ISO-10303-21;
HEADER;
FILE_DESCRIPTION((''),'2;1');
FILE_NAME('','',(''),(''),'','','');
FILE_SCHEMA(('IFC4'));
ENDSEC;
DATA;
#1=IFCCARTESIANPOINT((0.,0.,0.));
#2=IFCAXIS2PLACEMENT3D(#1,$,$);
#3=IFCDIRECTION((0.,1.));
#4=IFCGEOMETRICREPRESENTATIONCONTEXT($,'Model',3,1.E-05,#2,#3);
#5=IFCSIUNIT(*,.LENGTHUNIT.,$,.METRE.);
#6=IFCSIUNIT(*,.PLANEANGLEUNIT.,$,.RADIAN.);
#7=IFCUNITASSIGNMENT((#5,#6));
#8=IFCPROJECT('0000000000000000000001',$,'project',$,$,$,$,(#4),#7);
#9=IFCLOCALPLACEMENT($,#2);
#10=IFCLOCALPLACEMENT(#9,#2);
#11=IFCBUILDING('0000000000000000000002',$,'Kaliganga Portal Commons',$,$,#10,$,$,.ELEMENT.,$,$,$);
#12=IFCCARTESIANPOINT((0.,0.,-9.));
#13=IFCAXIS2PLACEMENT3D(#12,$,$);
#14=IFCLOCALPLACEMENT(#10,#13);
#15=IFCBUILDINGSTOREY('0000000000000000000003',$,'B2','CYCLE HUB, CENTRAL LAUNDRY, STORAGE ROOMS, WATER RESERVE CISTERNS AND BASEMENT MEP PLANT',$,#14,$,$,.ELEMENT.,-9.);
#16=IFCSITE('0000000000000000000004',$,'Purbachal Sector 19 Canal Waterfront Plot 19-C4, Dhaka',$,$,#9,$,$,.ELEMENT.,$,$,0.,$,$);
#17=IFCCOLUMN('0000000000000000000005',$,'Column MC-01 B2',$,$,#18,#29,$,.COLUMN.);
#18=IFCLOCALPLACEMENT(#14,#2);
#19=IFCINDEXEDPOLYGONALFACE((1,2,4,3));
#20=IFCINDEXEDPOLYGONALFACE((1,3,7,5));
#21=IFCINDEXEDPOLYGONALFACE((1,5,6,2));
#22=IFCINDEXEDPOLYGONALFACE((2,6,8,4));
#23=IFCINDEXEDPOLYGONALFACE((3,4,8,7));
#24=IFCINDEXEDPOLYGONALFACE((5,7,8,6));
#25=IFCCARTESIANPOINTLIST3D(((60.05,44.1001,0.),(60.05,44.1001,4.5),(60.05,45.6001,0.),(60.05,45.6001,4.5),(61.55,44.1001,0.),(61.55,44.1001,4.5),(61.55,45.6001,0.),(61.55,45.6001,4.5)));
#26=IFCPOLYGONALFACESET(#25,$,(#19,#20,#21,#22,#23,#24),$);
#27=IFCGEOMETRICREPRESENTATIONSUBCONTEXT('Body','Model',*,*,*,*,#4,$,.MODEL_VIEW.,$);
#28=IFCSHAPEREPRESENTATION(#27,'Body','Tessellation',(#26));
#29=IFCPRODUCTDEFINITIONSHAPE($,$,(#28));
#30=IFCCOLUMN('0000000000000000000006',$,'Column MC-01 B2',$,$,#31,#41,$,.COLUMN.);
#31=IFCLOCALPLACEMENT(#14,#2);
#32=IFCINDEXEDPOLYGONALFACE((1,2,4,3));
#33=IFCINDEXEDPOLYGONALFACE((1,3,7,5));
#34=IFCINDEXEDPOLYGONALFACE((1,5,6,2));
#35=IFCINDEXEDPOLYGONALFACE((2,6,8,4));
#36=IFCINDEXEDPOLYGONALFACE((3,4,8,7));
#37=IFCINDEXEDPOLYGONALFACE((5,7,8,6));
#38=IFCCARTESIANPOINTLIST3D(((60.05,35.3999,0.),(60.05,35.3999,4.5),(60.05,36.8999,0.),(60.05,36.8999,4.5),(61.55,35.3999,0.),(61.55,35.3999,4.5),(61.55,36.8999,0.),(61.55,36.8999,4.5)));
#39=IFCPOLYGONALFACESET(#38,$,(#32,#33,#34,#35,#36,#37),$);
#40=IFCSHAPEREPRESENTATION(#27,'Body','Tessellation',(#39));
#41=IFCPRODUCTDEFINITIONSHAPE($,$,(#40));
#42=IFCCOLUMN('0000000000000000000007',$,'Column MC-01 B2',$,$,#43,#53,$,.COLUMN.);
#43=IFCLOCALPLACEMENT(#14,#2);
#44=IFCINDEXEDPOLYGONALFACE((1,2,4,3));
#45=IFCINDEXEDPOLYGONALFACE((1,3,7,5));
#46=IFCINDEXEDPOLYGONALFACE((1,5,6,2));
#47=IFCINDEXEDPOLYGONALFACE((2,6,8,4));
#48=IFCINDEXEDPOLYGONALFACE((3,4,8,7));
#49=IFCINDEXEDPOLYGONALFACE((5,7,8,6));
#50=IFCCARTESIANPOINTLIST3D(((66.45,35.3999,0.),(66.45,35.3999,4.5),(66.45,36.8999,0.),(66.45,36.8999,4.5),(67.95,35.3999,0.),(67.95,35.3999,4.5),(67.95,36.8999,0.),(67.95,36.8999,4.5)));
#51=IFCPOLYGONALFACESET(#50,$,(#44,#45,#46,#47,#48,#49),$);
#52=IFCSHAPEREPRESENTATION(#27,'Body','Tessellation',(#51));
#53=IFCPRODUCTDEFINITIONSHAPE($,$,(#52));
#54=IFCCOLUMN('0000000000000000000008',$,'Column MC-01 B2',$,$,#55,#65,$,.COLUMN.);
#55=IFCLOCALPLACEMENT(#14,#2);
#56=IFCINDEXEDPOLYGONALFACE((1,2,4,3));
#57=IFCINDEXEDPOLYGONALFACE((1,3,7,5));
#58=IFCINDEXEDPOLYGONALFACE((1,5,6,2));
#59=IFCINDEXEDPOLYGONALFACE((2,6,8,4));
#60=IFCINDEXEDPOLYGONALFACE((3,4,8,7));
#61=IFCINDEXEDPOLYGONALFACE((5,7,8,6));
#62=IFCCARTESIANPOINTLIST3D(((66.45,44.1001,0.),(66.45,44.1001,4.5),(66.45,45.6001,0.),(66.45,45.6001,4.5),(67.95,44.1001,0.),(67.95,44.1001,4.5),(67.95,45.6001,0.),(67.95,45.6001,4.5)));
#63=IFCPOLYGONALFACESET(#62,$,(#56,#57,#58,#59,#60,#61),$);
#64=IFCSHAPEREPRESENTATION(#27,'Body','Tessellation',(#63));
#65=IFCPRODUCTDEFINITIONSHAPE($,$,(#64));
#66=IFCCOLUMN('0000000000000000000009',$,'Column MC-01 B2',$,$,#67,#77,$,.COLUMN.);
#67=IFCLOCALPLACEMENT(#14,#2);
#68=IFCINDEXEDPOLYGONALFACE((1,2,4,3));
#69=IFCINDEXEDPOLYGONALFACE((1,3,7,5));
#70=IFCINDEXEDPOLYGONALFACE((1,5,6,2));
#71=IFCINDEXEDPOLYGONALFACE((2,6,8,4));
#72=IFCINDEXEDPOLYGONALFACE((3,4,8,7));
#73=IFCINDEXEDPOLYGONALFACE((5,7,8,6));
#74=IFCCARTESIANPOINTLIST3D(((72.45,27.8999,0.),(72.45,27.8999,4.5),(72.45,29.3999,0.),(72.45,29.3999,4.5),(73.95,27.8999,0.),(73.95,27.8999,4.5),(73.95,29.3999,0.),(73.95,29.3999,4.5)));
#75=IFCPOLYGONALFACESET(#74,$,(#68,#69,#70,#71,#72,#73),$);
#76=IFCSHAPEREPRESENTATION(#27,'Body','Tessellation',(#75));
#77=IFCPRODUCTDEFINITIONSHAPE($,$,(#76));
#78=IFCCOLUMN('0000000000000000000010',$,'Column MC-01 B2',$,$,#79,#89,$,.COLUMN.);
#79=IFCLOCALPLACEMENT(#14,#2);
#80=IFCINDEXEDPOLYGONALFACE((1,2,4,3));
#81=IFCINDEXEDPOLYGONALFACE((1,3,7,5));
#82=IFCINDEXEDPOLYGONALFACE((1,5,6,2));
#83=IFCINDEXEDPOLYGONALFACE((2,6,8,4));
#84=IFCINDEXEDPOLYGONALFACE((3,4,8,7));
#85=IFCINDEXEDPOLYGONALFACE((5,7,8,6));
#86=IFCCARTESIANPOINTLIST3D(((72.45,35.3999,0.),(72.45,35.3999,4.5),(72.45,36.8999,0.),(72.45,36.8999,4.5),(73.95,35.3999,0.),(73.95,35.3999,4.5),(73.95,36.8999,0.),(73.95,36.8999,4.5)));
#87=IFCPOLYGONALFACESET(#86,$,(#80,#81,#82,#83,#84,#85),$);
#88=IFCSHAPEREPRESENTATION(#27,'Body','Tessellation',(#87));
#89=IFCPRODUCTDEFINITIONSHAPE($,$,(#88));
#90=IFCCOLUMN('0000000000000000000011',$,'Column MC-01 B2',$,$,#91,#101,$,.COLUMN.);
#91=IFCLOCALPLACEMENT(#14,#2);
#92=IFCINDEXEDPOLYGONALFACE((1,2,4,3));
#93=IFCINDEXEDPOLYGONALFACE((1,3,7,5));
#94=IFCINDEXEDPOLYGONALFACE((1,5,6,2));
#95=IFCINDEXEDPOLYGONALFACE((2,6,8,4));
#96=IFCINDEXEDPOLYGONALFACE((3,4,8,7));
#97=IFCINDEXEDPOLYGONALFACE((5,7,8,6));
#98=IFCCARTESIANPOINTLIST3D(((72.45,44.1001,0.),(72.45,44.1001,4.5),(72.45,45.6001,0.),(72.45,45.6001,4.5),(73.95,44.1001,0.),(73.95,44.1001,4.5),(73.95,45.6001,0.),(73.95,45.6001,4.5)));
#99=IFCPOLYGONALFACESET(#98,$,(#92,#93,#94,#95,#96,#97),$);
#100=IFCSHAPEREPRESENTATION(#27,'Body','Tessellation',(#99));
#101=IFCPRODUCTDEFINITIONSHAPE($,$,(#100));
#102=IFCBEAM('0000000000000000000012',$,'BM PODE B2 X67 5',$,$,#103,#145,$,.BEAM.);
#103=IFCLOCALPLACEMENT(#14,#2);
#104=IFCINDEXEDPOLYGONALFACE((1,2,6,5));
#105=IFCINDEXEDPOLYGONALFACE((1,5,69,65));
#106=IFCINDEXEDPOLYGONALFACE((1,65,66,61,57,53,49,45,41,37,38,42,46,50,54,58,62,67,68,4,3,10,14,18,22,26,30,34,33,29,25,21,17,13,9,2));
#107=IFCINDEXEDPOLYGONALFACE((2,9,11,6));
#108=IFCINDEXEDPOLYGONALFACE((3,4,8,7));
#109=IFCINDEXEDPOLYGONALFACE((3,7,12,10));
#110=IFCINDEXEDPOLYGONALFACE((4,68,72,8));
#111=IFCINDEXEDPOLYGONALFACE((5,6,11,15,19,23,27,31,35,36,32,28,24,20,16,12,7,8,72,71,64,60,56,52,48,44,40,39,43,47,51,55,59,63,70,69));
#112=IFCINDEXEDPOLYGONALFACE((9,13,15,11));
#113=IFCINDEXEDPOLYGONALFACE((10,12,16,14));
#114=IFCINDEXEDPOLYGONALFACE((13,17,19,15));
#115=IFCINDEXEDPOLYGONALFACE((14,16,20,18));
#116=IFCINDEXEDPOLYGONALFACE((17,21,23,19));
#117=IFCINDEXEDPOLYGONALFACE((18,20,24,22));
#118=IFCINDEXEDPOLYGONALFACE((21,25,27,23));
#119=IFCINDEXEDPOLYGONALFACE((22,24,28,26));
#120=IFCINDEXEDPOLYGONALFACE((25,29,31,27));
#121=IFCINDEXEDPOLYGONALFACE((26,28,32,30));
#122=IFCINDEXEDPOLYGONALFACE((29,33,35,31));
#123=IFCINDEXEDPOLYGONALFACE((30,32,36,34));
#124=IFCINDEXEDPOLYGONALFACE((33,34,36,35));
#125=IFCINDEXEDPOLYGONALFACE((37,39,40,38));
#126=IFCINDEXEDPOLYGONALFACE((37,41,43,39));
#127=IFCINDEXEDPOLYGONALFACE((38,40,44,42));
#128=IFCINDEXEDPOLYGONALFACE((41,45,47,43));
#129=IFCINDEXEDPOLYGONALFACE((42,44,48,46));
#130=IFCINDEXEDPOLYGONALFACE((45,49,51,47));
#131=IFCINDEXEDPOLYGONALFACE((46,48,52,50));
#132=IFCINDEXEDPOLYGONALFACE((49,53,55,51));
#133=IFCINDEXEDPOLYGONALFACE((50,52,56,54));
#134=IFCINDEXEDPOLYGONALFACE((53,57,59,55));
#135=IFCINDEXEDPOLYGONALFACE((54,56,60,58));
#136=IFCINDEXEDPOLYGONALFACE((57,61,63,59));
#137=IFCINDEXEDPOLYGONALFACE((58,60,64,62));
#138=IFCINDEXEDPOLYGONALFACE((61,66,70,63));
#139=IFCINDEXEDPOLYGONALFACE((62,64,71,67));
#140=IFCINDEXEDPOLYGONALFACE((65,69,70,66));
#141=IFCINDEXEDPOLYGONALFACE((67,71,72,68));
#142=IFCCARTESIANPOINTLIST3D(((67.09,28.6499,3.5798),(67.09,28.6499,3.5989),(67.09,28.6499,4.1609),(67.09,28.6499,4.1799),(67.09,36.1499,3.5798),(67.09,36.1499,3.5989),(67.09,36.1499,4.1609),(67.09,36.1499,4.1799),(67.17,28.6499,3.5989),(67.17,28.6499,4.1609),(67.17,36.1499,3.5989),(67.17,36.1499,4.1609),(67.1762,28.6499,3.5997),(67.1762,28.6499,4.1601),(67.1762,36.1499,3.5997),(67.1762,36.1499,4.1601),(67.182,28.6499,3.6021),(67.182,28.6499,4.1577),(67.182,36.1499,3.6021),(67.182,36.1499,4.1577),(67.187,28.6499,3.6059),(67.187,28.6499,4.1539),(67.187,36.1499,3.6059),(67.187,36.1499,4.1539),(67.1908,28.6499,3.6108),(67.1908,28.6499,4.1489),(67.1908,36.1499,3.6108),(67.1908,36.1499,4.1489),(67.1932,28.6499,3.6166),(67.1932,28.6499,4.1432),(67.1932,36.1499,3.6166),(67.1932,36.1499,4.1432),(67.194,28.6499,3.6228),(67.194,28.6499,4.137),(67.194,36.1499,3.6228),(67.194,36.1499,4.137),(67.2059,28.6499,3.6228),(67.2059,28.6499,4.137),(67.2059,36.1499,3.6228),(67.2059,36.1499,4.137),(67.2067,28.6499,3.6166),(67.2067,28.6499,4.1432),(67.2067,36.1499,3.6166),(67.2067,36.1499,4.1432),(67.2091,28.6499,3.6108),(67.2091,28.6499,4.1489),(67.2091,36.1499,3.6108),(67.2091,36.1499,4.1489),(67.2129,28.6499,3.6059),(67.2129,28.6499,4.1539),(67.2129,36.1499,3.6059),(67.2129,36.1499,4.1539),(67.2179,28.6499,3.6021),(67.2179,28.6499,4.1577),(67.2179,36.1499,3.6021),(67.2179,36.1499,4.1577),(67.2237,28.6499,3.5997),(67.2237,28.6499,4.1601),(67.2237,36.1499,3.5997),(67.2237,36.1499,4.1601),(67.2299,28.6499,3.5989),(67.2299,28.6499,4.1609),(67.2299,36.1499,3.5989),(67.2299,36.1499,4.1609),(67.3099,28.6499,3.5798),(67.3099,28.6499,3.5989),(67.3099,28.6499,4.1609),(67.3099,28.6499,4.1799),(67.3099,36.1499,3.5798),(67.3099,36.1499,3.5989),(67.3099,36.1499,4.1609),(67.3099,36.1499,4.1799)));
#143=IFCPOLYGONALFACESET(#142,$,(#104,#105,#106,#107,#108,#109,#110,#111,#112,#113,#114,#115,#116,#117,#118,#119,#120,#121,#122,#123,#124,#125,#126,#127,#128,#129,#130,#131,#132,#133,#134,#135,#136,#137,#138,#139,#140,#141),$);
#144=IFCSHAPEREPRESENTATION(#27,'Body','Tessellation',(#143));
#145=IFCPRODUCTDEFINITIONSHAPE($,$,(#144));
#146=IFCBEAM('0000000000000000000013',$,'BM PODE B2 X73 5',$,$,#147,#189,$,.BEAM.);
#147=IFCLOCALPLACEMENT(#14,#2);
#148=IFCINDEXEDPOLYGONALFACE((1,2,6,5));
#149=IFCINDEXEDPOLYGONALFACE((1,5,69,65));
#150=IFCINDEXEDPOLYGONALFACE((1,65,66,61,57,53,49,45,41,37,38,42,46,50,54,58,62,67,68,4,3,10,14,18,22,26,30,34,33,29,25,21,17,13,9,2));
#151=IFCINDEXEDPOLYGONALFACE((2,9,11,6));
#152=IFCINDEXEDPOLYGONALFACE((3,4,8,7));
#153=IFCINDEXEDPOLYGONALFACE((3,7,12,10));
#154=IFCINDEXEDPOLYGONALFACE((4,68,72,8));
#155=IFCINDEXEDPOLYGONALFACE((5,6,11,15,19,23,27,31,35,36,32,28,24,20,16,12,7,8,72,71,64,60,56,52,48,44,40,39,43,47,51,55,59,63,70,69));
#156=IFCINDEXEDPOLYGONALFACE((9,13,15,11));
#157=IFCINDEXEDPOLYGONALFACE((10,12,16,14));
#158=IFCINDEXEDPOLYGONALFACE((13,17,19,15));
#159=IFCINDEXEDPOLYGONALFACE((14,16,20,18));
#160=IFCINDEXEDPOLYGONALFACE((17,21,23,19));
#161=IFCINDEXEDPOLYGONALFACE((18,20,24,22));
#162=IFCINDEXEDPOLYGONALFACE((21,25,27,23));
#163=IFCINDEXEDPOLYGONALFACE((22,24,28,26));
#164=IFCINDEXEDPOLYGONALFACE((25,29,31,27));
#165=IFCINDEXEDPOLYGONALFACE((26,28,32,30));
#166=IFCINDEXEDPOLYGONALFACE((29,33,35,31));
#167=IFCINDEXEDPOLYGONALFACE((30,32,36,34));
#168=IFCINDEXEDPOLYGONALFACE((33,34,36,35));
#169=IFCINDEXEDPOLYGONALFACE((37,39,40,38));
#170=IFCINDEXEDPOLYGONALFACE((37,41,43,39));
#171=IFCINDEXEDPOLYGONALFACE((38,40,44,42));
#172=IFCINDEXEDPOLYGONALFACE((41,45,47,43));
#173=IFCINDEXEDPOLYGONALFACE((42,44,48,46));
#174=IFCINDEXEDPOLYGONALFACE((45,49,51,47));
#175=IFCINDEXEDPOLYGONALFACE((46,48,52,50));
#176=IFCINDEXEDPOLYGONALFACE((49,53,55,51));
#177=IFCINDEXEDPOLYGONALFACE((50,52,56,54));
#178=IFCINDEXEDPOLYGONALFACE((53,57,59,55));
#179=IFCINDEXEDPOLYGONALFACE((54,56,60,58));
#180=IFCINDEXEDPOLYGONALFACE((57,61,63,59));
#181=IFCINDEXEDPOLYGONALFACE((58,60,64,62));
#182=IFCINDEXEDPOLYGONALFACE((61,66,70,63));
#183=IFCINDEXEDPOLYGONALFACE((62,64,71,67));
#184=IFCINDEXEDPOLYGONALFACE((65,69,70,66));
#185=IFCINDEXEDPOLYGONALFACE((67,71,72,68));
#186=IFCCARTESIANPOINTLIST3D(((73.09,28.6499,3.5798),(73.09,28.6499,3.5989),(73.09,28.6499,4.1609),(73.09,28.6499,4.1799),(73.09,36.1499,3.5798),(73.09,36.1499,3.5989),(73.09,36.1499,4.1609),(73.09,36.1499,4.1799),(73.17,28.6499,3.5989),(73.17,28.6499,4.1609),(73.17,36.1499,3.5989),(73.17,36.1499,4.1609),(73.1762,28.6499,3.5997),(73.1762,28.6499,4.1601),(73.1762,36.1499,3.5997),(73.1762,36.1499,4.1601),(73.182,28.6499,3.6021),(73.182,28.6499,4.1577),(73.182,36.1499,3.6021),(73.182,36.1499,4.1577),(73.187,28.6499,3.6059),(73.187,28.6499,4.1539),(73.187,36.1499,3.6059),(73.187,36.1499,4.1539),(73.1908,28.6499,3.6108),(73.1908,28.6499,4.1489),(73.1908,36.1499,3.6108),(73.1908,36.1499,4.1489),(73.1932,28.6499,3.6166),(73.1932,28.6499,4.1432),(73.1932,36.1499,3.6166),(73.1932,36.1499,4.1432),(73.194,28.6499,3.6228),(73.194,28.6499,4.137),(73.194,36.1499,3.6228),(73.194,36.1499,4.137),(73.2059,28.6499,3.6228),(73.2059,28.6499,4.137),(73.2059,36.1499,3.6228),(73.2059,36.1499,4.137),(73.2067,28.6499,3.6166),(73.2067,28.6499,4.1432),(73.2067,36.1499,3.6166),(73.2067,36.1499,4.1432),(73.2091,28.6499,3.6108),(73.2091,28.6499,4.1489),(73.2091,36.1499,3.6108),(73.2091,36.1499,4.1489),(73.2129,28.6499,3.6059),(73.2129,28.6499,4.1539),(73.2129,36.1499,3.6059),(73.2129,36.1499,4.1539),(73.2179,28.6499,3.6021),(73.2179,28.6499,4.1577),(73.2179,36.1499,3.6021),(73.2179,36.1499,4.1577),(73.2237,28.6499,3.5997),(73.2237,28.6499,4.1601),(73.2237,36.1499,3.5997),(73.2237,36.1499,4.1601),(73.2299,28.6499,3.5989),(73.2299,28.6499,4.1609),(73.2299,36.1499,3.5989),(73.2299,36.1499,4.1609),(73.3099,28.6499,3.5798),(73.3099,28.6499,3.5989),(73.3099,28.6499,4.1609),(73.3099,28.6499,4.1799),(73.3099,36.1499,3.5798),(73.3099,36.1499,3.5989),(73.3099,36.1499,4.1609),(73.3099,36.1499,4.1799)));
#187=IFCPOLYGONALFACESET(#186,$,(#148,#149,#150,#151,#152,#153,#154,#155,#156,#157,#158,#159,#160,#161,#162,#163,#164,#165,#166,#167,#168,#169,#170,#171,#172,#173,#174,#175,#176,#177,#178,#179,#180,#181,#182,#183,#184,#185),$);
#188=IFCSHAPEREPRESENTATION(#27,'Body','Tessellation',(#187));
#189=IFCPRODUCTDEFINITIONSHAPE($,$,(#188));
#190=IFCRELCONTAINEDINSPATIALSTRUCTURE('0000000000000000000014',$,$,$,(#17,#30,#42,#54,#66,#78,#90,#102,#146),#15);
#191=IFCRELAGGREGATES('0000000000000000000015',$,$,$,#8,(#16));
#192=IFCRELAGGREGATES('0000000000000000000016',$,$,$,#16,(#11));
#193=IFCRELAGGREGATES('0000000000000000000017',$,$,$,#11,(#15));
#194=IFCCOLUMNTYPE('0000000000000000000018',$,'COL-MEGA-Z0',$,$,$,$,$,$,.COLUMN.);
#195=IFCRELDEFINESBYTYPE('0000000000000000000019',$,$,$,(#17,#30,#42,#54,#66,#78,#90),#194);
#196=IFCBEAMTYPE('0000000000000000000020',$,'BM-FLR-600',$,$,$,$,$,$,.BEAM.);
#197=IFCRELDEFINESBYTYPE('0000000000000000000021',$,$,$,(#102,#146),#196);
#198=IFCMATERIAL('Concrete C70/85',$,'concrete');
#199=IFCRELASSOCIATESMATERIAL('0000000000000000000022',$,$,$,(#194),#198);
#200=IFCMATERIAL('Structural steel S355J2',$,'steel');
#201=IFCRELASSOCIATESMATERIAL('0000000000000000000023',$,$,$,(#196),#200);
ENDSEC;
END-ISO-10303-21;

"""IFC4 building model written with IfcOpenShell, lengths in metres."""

from ifc_helpers import new_model, si_unit, direction, frame, origin, origin_2d, place, context, subcontext, project, spatial, rectangle, i_section, extrude, source, transform, mapped, material, material_profile, profile_set, type_object, element, save


model = new_model("IFC4")

# Units and contexts
model_context = context("Model", 3, precision=1e-05, world=origin(), true_north=direction((0.0, 1.0)))
body_context = subcontext(model_context, "Body", "Model", "MODEL_VIEW")
ifc_project = project(units=[si_unit("LENGTHUNIT", "METRE"), si_unit("PLANEANGLEUNIT", "RADIAN")], contexts=[model_context])

# Site, building, storey
site_placement = place(None, origin())
site = spatial("IfcSite", under=ifc_project, at=site_placement, Name="Purbachal Sector 19 Canal Waterfront Plot 19-C4, Dhaka", CompositionType="ELEMENT", RefElevation=0.0)
building_placement = place(site_placement, origin())
building = spatial("IfcBuilding", under=site, at=building_placement, Name="Kaliganga Portal Commons", CompositionType="ELEMENT")
storey_placement = place(building_placement, frame((0.0, 0.0, -9.0)))
storey = spatial("IfcBuildingStorey", under=building, at=storey_placement, Name="B2", Description="CYCLE HUB, CENTRAL LAUNDRY, STORAGE ROOMS, WATER RESERVE CISTERNS AND BASEMENT MEP PLANT", CompositionType="ELEMENT", Elevation=-9.0)

# Columns
ifc_material_1 = material(Name="Concrete C70/85", Category="concrete")
ifc_material_profile_1 = material_profile(ifc_material_1, rectangle(XDim=1.5, YDim=1.5, at=origin_2d()), Name="RC 1500x1500")
ifc_profile_set_1 = profile_set([ifc_material_profile_1], Name="Concrete C70/85")
column_type = type_object("IfcColumnType", Name="COL-MEGA-Z0", PredefinedType="COLUMN", material=ifc_profile_set_1)
shared_shape_1 = source(origin(), body_context, "Body", "SweptSolid", [
    extrude(rectangle(XDim=1.5, YDim=1.5, at=origin_2d()), origin(), (0.0, 0.0, 1.0), 4.5),
])
for number, where, z_axis, x_axis, name in (
    (1, (60.8, 44.8501, 0.0), (0.0, 0.0, 1.0), (1.0, 0.0, 0.0), "Column MC-01 B2"),
    (2, (60.8, 36.1499, 0.0), (0.0, 0.0, 1.0), (1.0, 0.0, 0.0), "Column MC-01 B2"),
    (3, (67.2, 36.1499, 0.0), (0.0, 0.0, 1.0), (1.0, 0.0, 0.0), "Column MC-01 B2"),
    (4, (67.2, 44.8501, 0.0), (0.0, 0.0, 1.0), (1.0, 0.0, 0.0), "Column MC-01 B2"),
    (5, (73.2, 28.6499, 0.0), (0.0, 0.0, 1.0), (1.0, 0.0, 0.0), "Column MC-01 B2"),
    (6, (73.2, 36.1499, 0.0), (0.0, 0.0, 1.0), (1.0, 0.0, 0.0), "Column MC-01 B2"),
    (7, (73.2, 44.8501, 0.0), (0.0, 0.0, 1.0), (1.0, 0.0, 0.0), "Column MC-01 B2"),
):
    element("IfcColumn", number, at=place(storey_placement, frame(where, z_axis=z_axis, x_axis=x_axis)), inside=storey, type_object=column_type, Name=name, PredefinedType="COLUMN", context=body_context, shape_type="MappedRepresentation", body=[
        mapped(shared_shape_1, transform((0.0, 0.0, 0.0), x_axis=(1.0, 0.0, 0.0), y_axis=(0.0, 1.0, 0.0), z_axis=(0.0, 0.0, 1.0), scale=1.0)),
    ])

# Beams
ifc_material_2 = material(Name="Structural steel S355J2", Category="steel")
ifc_material_profile_2 = material_profile(ifc_material_2, i_section(OverallWidth=0.22, OverallDepth=0.6001, WebThickness=0.012, FlangeThickness=0.019, FilletRadius=0.0239, at=origin_2d()), Name="IPE 600")
ifc_profile_set_2 = profile_set([ifc_material_profile_2], Name="Structural steel S355J2 wide-flange")
beam_type_1 = type_object("IfcBeamType", Name="BM-FLR-600", PredefinedType="BEAM", material=ifc_profile_set_2)
shared_shape_2 = source(origin(), body_context, "Body", "SweptSolid", [
    extrude(i_section(OverallWidth=0.22, OverallDepth=0.6001, WebThickness=0.012, FlangeThickness=0.019, FilletRadius=0.0239, at=origin_2d()), origin(), (0.0, 0.0, 1.0), 7.5),
])
for number, where, z_axis, x_axis, name in (
    (8, (67.2, 28.6499, 3.8799), (0.0, 1.0, 0.0), (-1.0, 0.0, 0.0), "BM PODE B2 X67 5"),
    (9, (73.2, 28.6499, 3.8799), (0.0, 1.0, 0.0), (-1.0, 0.0, 0.0), "BM PODE B2 X73 5"),
):
    element("IfcBeam", number, at=place(storey_placement, frame(where, z_axis=z_axis, x_axis=x_axis)), inside=storey, type_object=beam_type_1, Name=name, PredefinedType="BEAM", context=body_context, shape_type="MappedRepresentation", body=[
        mapped(shared_shape_2, transform((0.0, 0.0, 0.0), x_axis=(1.0, 0.0, 0.0), y_axis=(0.0, 1.0, 0.0), z_axis=(0.0, 0.0, 1.0), scale=1.0)),
    ])

save(model, "model.ifc")
